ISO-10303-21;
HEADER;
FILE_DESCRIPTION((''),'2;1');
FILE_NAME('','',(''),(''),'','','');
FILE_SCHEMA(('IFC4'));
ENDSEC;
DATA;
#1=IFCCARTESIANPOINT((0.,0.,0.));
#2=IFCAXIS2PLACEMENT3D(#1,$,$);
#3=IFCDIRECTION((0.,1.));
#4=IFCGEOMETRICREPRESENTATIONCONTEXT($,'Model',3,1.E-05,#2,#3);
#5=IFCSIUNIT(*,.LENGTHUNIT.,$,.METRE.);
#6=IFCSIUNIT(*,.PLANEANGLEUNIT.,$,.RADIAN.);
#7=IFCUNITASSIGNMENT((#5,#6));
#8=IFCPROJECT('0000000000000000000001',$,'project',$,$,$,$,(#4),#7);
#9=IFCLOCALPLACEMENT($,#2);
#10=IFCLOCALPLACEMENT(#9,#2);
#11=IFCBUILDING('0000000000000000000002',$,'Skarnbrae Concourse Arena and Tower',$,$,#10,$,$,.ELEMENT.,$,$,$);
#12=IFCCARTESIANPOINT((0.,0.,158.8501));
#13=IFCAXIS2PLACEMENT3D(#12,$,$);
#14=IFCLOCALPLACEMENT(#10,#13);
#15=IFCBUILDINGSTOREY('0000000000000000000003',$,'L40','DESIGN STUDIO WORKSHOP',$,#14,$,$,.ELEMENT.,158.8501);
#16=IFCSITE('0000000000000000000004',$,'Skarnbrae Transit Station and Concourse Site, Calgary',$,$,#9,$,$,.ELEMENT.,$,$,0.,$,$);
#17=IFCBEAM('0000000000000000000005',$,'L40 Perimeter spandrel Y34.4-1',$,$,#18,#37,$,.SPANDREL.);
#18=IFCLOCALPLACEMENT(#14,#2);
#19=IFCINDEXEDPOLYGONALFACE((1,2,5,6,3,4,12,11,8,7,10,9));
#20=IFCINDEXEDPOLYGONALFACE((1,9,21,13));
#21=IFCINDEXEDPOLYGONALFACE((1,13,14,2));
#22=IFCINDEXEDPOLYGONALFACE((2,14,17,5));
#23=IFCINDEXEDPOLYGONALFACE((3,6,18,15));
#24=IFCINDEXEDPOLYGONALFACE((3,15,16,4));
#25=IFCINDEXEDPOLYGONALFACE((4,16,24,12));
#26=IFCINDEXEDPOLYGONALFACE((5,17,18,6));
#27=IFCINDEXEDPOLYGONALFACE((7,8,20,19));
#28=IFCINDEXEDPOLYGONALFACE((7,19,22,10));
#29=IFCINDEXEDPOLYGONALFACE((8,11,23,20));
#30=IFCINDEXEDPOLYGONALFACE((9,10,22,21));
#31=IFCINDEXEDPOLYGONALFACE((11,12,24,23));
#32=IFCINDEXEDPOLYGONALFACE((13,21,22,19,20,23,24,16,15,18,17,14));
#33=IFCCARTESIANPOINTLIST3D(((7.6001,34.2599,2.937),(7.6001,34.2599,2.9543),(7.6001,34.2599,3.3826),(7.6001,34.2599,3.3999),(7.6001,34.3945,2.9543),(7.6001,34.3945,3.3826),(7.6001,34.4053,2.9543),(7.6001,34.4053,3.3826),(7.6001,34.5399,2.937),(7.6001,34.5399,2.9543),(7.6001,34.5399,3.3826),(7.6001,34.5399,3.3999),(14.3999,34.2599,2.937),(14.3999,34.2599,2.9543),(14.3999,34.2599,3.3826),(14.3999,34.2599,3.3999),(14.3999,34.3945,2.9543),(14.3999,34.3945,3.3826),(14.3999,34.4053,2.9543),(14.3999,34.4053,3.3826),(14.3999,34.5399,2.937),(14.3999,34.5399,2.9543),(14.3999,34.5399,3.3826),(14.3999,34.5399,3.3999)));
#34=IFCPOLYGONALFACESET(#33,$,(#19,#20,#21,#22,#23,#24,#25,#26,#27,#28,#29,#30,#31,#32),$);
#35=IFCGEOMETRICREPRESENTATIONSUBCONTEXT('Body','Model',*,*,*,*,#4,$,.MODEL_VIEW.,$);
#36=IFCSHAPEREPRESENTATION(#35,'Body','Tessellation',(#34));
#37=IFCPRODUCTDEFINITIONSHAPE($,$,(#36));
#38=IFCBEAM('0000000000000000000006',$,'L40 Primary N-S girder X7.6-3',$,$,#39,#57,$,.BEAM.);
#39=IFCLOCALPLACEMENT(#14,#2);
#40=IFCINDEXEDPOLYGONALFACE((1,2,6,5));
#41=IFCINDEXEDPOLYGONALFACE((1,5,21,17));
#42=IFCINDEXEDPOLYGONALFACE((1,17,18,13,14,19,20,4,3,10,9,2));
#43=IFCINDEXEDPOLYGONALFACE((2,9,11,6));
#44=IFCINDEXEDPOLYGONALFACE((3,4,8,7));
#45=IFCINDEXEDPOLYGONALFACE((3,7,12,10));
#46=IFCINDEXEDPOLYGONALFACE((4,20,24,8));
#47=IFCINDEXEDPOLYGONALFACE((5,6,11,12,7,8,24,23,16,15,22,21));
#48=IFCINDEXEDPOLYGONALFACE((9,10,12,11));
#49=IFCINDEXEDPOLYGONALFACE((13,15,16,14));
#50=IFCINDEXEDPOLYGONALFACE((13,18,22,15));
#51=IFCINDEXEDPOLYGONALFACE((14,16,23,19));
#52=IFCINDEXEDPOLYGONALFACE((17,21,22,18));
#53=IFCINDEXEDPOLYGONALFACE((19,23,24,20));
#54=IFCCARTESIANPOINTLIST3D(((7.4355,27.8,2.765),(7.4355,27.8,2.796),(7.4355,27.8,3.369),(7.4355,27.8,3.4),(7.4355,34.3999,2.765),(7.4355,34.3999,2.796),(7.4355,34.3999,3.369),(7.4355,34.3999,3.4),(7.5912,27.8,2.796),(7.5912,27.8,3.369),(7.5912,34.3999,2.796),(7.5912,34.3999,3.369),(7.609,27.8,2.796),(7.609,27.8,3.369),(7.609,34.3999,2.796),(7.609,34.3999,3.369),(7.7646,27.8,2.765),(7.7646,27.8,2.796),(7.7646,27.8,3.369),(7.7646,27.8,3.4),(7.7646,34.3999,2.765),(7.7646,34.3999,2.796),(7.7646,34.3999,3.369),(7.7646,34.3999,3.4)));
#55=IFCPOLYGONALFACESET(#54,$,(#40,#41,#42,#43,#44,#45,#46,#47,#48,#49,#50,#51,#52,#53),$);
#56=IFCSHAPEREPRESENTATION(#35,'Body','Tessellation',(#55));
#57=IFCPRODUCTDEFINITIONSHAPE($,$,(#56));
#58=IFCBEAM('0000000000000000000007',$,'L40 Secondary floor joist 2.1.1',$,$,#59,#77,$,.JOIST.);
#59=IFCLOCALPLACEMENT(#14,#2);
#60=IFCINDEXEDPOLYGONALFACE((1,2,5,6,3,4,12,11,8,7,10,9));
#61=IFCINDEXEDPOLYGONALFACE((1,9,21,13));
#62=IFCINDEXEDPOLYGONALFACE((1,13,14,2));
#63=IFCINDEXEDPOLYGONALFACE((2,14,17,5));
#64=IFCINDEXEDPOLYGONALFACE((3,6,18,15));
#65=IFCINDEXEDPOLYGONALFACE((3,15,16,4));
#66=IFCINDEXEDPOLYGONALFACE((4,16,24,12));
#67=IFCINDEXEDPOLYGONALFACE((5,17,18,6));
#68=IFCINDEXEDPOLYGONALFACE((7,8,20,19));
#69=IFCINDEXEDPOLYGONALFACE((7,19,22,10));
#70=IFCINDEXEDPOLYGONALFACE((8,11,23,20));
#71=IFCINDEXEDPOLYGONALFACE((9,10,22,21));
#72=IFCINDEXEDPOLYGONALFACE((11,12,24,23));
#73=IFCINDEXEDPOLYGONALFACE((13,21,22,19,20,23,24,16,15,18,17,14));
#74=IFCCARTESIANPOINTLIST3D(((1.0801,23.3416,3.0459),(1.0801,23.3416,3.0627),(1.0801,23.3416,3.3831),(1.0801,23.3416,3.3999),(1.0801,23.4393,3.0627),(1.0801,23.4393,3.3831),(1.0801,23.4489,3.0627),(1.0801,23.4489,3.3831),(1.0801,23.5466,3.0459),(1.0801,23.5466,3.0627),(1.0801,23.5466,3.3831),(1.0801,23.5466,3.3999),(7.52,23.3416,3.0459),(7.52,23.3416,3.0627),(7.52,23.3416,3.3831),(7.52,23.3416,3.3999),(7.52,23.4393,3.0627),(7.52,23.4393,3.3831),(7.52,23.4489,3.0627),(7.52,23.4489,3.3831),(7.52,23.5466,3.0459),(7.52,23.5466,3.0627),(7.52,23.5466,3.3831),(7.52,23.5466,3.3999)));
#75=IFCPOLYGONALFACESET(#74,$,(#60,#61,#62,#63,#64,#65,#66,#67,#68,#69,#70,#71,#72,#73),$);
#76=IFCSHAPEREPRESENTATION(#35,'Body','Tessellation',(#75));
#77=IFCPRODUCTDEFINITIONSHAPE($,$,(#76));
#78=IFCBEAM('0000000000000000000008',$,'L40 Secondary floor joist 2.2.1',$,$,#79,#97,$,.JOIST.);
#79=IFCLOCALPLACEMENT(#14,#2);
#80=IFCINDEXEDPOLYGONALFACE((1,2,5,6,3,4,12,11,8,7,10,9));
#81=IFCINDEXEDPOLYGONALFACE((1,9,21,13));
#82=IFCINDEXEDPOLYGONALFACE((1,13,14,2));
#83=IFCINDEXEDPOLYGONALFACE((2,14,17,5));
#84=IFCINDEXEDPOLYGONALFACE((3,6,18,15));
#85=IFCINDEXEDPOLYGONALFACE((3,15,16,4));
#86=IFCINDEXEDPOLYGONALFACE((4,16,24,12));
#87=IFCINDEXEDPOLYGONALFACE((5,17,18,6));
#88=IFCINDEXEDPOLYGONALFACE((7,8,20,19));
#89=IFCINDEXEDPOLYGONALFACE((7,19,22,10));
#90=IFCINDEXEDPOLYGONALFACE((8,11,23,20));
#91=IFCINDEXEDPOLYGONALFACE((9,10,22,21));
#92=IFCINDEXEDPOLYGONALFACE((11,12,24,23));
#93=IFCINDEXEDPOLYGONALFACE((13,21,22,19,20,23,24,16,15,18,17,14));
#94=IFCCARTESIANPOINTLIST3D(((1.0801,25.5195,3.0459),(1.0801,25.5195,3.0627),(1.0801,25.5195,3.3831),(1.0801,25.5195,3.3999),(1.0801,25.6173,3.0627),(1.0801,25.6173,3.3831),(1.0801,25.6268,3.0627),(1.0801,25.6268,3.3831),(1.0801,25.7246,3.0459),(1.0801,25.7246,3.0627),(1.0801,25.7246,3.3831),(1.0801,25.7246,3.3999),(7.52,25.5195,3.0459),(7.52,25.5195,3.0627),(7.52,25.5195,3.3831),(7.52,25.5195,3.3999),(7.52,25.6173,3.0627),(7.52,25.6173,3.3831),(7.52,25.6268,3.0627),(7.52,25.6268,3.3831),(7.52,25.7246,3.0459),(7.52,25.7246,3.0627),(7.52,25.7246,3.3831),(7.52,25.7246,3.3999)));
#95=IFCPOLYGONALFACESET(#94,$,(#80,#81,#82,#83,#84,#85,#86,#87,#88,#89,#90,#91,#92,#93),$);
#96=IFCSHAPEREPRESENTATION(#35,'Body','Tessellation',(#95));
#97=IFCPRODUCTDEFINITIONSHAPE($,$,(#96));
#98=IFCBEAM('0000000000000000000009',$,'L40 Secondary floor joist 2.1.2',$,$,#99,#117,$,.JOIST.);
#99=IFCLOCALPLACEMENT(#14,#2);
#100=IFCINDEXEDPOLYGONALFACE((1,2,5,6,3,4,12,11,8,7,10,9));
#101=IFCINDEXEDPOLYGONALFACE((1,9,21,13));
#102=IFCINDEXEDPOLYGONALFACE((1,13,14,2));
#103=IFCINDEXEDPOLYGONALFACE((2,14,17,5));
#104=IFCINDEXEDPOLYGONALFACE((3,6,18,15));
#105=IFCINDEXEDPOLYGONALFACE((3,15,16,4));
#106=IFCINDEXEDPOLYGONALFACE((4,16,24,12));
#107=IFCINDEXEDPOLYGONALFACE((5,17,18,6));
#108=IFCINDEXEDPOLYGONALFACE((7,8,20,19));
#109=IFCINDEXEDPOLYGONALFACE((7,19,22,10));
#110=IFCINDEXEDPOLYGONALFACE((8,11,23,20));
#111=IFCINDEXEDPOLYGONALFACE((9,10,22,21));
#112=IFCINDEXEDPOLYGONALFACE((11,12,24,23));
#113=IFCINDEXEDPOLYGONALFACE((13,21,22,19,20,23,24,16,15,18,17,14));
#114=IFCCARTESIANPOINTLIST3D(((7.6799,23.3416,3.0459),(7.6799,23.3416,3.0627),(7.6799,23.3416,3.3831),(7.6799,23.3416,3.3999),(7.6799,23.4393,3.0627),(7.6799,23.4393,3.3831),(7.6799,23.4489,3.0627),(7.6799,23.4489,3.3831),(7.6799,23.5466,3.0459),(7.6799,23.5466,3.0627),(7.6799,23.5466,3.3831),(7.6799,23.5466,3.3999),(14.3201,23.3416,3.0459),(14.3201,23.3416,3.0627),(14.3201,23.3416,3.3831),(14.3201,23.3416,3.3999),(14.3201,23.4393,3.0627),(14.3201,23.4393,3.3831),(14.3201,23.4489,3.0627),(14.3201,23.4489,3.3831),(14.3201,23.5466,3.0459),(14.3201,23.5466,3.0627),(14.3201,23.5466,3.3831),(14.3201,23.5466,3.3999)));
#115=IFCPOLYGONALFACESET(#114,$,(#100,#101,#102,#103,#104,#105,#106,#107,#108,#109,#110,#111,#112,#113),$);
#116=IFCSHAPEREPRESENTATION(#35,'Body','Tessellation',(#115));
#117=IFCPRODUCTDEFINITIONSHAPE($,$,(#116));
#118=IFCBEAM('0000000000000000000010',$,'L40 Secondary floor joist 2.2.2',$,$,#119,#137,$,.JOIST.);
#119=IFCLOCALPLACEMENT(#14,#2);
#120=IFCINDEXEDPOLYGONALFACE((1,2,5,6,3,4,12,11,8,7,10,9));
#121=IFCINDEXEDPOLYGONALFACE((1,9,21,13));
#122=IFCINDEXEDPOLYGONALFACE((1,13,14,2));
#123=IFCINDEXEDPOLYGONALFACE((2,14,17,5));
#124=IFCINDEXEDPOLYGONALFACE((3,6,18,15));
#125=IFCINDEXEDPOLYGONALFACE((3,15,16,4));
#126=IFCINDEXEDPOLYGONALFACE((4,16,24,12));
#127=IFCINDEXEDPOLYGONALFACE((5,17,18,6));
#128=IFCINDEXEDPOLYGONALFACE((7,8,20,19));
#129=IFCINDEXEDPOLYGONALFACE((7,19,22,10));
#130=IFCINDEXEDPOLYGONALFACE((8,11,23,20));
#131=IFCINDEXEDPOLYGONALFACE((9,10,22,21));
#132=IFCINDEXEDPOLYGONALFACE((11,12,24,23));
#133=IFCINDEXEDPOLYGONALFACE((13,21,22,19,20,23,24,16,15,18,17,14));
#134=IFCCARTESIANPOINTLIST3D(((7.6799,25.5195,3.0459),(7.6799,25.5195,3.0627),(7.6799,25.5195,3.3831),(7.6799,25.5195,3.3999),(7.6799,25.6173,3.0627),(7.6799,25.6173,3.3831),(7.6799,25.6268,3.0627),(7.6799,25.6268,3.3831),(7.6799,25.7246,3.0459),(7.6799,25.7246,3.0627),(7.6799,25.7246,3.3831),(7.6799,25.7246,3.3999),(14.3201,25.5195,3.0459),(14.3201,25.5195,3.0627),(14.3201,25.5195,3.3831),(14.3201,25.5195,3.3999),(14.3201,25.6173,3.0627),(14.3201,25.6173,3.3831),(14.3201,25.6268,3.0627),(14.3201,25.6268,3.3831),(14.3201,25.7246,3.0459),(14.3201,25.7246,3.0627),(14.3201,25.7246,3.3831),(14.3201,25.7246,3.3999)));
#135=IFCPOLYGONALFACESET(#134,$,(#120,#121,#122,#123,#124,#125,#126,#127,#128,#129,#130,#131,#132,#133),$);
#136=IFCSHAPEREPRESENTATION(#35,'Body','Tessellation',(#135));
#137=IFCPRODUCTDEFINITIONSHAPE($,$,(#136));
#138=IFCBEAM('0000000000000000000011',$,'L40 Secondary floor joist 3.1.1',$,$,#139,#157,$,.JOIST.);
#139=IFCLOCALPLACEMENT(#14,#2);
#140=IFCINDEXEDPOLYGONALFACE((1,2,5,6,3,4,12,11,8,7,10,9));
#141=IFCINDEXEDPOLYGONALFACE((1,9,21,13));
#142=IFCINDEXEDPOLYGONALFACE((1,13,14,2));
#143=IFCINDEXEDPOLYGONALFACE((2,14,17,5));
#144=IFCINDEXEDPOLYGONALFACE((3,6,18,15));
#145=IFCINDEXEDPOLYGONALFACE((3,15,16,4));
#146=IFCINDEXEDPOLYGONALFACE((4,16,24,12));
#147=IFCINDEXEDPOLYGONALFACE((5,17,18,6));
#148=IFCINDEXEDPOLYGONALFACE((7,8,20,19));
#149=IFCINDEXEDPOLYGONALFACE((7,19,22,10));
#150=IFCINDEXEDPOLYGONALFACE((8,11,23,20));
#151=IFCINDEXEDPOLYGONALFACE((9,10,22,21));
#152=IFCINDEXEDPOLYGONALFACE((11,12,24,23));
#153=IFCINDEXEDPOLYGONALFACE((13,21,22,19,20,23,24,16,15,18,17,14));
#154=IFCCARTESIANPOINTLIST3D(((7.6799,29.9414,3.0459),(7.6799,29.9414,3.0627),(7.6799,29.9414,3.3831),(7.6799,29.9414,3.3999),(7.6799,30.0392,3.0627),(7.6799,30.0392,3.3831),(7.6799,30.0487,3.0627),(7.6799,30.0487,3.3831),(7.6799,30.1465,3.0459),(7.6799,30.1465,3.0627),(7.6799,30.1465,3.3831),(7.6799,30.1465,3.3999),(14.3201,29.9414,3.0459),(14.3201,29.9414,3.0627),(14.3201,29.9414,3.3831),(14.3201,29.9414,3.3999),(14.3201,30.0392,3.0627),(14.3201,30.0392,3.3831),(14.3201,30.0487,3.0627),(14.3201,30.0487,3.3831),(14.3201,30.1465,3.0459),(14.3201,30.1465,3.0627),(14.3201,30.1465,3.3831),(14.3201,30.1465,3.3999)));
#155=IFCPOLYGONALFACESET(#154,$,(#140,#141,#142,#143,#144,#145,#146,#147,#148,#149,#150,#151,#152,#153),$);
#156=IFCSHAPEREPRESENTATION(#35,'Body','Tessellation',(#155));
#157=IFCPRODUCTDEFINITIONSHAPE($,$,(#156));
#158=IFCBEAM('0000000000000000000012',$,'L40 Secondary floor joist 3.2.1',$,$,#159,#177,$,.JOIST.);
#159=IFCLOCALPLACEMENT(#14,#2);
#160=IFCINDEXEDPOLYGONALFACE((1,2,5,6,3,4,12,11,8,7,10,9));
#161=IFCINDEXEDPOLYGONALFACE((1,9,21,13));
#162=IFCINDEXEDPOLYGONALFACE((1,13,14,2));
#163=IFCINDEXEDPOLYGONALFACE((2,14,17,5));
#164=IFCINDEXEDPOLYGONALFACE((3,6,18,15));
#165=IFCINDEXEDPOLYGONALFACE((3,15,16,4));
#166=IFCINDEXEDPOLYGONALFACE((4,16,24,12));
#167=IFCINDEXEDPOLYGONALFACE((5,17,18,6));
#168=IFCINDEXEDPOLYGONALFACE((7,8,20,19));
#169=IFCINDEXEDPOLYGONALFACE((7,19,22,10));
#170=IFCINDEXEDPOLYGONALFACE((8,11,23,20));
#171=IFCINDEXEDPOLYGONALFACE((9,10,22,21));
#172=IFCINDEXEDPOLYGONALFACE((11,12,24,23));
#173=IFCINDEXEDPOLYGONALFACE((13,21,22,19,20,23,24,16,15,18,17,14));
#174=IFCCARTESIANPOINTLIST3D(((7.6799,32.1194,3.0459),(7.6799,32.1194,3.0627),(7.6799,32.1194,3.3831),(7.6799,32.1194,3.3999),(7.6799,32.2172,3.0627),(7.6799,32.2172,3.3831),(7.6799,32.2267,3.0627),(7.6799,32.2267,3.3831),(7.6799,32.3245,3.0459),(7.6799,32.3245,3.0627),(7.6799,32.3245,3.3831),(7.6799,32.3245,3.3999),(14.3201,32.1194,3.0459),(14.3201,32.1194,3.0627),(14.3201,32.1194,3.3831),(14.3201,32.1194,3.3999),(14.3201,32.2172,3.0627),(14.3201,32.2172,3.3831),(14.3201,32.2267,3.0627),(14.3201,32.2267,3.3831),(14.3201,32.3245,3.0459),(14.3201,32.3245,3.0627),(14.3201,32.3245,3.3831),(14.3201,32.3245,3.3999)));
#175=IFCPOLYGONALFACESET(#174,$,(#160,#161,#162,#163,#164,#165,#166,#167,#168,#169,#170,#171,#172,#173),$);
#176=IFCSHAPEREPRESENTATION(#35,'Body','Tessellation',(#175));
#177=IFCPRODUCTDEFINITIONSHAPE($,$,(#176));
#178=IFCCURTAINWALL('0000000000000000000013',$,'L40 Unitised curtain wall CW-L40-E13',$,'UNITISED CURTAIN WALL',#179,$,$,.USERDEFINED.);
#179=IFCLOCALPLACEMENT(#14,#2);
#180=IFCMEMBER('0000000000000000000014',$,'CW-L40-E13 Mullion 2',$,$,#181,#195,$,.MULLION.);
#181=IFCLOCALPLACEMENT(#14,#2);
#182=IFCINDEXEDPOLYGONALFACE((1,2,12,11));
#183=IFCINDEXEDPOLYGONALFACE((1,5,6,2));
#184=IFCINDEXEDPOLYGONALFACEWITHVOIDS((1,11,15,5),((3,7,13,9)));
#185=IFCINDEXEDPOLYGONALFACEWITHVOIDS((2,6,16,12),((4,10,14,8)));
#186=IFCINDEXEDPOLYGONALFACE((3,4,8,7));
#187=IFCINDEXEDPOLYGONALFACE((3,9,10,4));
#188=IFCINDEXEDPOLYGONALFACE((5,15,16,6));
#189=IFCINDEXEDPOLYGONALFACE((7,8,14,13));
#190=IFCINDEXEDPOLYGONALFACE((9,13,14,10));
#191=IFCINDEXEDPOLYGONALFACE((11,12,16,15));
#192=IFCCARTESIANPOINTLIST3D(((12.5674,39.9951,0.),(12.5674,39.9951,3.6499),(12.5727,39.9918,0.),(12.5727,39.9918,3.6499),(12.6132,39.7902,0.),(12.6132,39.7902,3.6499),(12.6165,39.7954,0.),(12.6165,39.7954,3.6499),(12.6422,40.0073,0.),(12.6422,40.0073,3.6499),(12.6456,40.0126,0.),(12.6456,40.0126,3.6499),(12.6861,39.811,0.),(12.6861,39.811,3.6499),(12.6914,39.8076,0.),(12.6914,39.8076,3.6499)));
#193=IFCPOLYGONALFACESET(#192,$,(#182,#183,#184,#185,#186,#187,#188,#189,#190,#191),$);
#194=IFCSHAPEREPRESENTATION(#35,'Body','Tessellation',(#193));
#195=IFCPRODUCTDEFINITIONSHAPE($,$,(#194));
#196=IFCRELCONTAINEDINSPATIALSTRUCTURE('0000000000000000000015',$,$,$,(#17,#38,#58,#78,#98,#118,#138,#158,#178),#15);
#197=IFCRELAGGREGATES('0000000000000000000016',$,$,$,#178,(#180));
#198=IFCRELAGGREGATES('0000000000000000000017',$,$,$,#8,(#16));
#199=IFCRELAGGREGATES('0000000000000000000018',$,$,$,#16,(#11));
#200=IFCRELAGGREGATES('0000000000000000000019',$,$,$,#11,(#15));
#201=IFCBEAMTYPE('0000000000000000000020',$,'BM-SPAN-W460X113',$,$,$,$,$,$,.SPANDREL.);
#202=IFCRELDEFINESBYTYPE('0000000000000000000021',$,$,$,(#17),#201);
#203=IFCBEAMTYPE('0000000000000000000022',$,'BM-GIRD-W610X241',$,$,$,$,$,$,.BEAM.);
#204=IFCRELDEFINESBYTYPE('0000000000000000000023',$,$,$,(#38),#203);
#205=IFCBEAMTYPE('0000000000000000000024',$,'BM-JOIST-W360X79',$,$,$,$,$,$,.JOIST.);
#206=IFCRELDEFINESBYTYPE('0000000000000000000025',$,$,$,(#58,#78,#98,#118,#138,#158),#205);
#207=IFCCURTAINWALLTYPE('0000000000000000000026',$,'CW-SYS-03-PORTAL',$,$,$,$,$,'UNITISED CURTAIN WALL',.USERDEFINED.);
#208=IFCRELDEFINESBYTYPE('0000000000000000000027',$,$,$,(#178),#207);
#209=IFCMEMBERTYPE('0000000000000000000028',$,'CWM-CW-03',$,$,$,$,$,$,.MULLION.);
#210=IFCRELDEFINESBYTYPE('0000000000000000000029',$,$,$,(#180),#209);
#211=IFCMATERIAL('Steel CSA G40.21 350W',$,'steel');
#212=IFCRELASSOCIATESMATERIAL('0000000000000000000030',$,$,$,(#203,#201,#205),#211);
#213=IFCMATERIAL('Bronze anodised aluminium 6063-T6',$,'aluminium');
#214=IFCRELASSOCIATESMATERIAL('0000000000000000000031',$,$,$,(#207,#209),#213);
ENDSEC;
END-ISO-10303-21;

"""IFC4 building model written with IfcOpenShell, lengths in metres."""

from ifc_helpers import new_model, si_unit, direction, frame, origin, origin_2d, place, context, subcontext, project, spatial, hollow_rectangle, i_section, extrude, source, transform, mapped, material, material_profile, profile_set, type_object, element, aggregate, save


model = new_model("IFC4")

# Units and contexts
model_context = context("Model", 3, precision=1e-05, world=origin(), true_north=direction((0.0, 1.0)))
body_context = subcontext(model_context, "Body", "Model", "MODEL_VIEW")
ifc_project = project(units=[si_unit("LENGTHUNIT", "METRE"), si_unit("PLANEANGLEUNIT", "RADIAN")], contexts=[model_context])

# Site, building, storey
site_placement = place(None, origin())
site = spatial("IfcSite", under=ifc_project, at=site_placement, Name="Skarnbrae Transit Station and Concourse Site, Calgary", CompositionType="ELEMENT", RefElevation=0.0)
building_placement = place(site_placement, origin())
building = spatial("IfcBuilding", under=site, at=building_placement, Name="Skarnbrae Concourse Arena and Tower", CompositionType="ELEMENT")
storey_placement = place(building_placement, frame((0.0, 0.0, 158.8501)))
storey = spatial("IfcBuildingStorey", under=building, at=storey_placement, Name="L40", Description="DESIGN STUDIO WORKSHOP", CompositionType="ELEMENT", Elevation=158.8501)

# Shared definitions
ifc_material_1 = material(Name="Steel CSA G40.21 350W", Category="steel")

# Beams
ifc_material_profile_1 = material_profile(ifc_material_1, i_section(OverallWidth=0.3291, OverallDepth=0.635, WebThickness=0.0178, FlangeThickness=0.031, at=origin_2d()), Name="W610X241")
ifc_profile_set_1 = profile_set([ifc_material_profile_1], Name="Steel CSA G40.21 350W")
beam_type_1 = type_object("IfcBeamType", Name="BM-GIRD-W610X241", PredefinedType="BEAM", material=ifc_profile_set_1)
ifc_material_profile_2 = material_profile(ifc_material_1, i_section(OverallWidth=0.28, OverallDepth=0.4629, WebThickness=0.0107, FlangeThickness=0.0173, at=origin_2d()), Name="W460X113")
ifc_profile_set_2 = profile_set([ifc_material_profile_2], Name="Steel CSA G40.21 350W")
beam_type_2 = type_object("IfcBeamType", Name="BM-SPAN-W460X113", PredefinedType="SPANDREL", material=ifc_profile_set_2)
shared_shape_1 = source(origin(), body_context, "Body", "SweptSolid", [
    extrude(i_section(OverallWidth=0.28, OverallDepth=0.4629, WebThickness=0.0107, FlangeThickness=0.0173, at=origin_2d()), origin(), (0.0, 0.0, 1.0), 6.7998),
])
beam_1_placement = place(storey_placement, frame((7.6001, 34.3999, 3.1685), z_axis=(1.0, 0.0, 0.0), x_axis=(0.0, 1.0, 0.0)))
element("IfcBeam", 1, at=beam_1_placement, inside=storey, type_object=beam_type_2, Name="L40 Perimeter spandrel Y34.4-1", PredefinedType="SPANDREL", context=body_context, shape_type="MappedRepresentation", body=[
    mapped(shared_shape_1, transform((0.0, 0.0, 0.0))),
])
shared_shape_2 = source(origin(), body_context, "Body", "SweptSolid", [
    extrude(i_section(OverallWidth=0.3291, OverallDepth=0.635, WebThickness=0.0178, FlangeThickness=0.031, at=origin_2d()), origin(), (0.0, 0.0, 1.0), 6.5999),
])
beam_2_placement = place(storey_placement, frame((7.6001, 27.8, 3.0825), z_axis=(0.0, 1.0, 0.0), x_axis=(-1.0, 0.0, 0.0)))
element("IfcBeam", 2, at=beam_2_placement, inside=storey, type_object=beam_type_1, Name="L40 Primary N-S girder X7.6-3", PredefinedType="BEAM", context=body_context, shape_type="MappedRepresentation", body=[
    mapped(shared_shape_2, transform((0.0, 0.0, 0.0))),
])
ifc_material_profile_3 = material_profile(ifc_material_1, i_section(OverallWidth=0.2051, OverallDepth=0.354, WebThickness=0.0095, FlangeThickness=0.0168, at=origin_2d()), Name="W360X79")
ifc_profile_set_3 = profile_set([ifc_material_profile_3], Name="Steel CSA G40.21 350W")
beam_type_3 = type_object("IfcBeamType", Name="BM-JOIST-W360X79", PredefinedType="JOIST", material=ifc_profile_set_3)
shared_shape_3 = source(origin(), body_context, "Body", "SweptSolid", [
    extrude(i_section(OverallWidth=0.2051, OverallDepth=0.354, WebThickness=0.0095, FlangeThickness=0.0168, at=origin_2d()), origin(), (0.0, 0.0, 1.0), 6.4399),
])
for number, where, z_axis, x_axis, name in (
    (3, (1.0801, 23.4441, 3.2229), (1.0, 0.0, 0.0), (0.0, 1.0, 0.0), "L40 Secondary floor joist 2.1.1"),
    (4, (1.0801, 25.6221, 3.2229), (1.0, 0.0, 0.0), (0.0, 1.0, 0.0), "L40 Secondary floor joist 2.2.1"),
):
    element("IfcBeam", number, at=place(storey_placement, frame(where, z_axis=z_axis, x_axis=x_axis)), inside=storey, type_object=beam_type_3, Name=name, PredefinedType="JOIST", context=body_context, shape_type="MappedRepresentation", body=[
        mapped(shared_shape_3, transform((0.0, 0.0, 0.0))),
    ])
shared_shape_4 = source(origin(), body_context, "Body", "SweptSolid", [
    extrude(i_section(OverallWidth=0.2051, OverallDepth=0.354, WebThickness=0.0095, FlangeThickness=0.0168, at=origin_2d()), origin(), (0.0, 0.0, 1.0), 6.6401),
])
for number, where, z_axis, x_axis, name in (
    (5, (7.6799, 23.4441, 3.2229), (1.0, 0.0, 0.0), (0.0, 1.0, 0.0), "L40 Secondary floor joist 2.1.2"),
    (6, (7.6799, 25.6221, 3.2229), (1.0, 0.0, 0.0), (0.0, 1.0, 0.0), "L40 Secondary floor joist 2.2.2"),
    (7, (7.6799, 30.0439, 3.2229), (1.0, 0.0, 0.0), (0.0, 1.0, 0.0), "L40 Secondary floor joist 3.1.1"),
    (8, (7.6799, 32.2219, 3.2229), (1.0, 0.0, 0.0), (0.0, 1.0, 0.0), "L40 Secondary floor joist 3.2.1"),
):
    element("IfcBeam", number, at=place(storey_placement, frame(where, z_axis=z_axis, x_axis=x_axis)), inside=storey, type_object=beam_type_3, Name=name, PredefinedType="JOIST", context=body_context, shape_type="MappedRepresentation", body=[
        mapped(shared_shape_4, transform((0.0, 0.0, 0.0))),
    ])

# Curtain wall, member
ifc_material_2 = material(Name="Bronze anodised aluminium 6063-T6", Category="aluminium")
curtain_wall_type_1 = type_object("IfcCurtainWallType", Name="CW-SYS-03-PORTAL", ElementType="UNITISED CURTAIN WALL", PredefinedType="USERDEFINED", material=ifc_material_2)
curtain_wall_1_placement = place(storey_placement, origin())
curtain_wall_1 = element("IfcCurtainWall", 9, at=curtain_wall_1_placement, inside=storey, type_object=curtain_wall_type_1, Name="L40 Unitised curtain wall CW-L40-E13", ObjectType="UNITISED CURTAIN WALL", PredefinedType="USERDEFINED")
ifc_material_profile_4 = material_profile(ifc_material_2, hollow_rectangle(XDim=0.0801, YDim=0.21, WallThickness=0.0044, at=origin_2d()), Name="ALU-MULL-80X210")
ifc_profile_set_4 = profile_set([ifc_material_profile_4], Name="Bronze anodised aluminium 6063-T6")
member_type_1 = type_object("IfcMemberType", Name="CWM-CW-03", PredefinedType="MULLION", material=ifc_profile_set_4)
shared_shape_5 = source(origin(), body_context, "Body", "SweptSolid", [
    extrude(hollow_rectangle(XDim=0.0801, YDim=0.21, WallThickness=0.0044, at=origin_2d()), origin(), (0.0, 0.0, 1.0), 3.6499),
])
member_1_placement = place(storey_placement, frame((12.6294, 39.9014, 0.0), z_axis=(0.0, 0.0, 1.0), x_axis=(-0.975936, -0.218056, 0.0)))
member_1 = element("IfcMember", 10, at=member_1_placement, type_object=member_type_1, Name="CW-L40-E13 Mullion 2", PredefinedType="MULLION", context=body_context, shape_type="MappedRepresentation", body=[
    mapped(shared_shape_5, transform((0.0, 0.0, 0.0))),
])
aggregate(curtain_wall_1, [member_1])

save(model, "model.ifc")
